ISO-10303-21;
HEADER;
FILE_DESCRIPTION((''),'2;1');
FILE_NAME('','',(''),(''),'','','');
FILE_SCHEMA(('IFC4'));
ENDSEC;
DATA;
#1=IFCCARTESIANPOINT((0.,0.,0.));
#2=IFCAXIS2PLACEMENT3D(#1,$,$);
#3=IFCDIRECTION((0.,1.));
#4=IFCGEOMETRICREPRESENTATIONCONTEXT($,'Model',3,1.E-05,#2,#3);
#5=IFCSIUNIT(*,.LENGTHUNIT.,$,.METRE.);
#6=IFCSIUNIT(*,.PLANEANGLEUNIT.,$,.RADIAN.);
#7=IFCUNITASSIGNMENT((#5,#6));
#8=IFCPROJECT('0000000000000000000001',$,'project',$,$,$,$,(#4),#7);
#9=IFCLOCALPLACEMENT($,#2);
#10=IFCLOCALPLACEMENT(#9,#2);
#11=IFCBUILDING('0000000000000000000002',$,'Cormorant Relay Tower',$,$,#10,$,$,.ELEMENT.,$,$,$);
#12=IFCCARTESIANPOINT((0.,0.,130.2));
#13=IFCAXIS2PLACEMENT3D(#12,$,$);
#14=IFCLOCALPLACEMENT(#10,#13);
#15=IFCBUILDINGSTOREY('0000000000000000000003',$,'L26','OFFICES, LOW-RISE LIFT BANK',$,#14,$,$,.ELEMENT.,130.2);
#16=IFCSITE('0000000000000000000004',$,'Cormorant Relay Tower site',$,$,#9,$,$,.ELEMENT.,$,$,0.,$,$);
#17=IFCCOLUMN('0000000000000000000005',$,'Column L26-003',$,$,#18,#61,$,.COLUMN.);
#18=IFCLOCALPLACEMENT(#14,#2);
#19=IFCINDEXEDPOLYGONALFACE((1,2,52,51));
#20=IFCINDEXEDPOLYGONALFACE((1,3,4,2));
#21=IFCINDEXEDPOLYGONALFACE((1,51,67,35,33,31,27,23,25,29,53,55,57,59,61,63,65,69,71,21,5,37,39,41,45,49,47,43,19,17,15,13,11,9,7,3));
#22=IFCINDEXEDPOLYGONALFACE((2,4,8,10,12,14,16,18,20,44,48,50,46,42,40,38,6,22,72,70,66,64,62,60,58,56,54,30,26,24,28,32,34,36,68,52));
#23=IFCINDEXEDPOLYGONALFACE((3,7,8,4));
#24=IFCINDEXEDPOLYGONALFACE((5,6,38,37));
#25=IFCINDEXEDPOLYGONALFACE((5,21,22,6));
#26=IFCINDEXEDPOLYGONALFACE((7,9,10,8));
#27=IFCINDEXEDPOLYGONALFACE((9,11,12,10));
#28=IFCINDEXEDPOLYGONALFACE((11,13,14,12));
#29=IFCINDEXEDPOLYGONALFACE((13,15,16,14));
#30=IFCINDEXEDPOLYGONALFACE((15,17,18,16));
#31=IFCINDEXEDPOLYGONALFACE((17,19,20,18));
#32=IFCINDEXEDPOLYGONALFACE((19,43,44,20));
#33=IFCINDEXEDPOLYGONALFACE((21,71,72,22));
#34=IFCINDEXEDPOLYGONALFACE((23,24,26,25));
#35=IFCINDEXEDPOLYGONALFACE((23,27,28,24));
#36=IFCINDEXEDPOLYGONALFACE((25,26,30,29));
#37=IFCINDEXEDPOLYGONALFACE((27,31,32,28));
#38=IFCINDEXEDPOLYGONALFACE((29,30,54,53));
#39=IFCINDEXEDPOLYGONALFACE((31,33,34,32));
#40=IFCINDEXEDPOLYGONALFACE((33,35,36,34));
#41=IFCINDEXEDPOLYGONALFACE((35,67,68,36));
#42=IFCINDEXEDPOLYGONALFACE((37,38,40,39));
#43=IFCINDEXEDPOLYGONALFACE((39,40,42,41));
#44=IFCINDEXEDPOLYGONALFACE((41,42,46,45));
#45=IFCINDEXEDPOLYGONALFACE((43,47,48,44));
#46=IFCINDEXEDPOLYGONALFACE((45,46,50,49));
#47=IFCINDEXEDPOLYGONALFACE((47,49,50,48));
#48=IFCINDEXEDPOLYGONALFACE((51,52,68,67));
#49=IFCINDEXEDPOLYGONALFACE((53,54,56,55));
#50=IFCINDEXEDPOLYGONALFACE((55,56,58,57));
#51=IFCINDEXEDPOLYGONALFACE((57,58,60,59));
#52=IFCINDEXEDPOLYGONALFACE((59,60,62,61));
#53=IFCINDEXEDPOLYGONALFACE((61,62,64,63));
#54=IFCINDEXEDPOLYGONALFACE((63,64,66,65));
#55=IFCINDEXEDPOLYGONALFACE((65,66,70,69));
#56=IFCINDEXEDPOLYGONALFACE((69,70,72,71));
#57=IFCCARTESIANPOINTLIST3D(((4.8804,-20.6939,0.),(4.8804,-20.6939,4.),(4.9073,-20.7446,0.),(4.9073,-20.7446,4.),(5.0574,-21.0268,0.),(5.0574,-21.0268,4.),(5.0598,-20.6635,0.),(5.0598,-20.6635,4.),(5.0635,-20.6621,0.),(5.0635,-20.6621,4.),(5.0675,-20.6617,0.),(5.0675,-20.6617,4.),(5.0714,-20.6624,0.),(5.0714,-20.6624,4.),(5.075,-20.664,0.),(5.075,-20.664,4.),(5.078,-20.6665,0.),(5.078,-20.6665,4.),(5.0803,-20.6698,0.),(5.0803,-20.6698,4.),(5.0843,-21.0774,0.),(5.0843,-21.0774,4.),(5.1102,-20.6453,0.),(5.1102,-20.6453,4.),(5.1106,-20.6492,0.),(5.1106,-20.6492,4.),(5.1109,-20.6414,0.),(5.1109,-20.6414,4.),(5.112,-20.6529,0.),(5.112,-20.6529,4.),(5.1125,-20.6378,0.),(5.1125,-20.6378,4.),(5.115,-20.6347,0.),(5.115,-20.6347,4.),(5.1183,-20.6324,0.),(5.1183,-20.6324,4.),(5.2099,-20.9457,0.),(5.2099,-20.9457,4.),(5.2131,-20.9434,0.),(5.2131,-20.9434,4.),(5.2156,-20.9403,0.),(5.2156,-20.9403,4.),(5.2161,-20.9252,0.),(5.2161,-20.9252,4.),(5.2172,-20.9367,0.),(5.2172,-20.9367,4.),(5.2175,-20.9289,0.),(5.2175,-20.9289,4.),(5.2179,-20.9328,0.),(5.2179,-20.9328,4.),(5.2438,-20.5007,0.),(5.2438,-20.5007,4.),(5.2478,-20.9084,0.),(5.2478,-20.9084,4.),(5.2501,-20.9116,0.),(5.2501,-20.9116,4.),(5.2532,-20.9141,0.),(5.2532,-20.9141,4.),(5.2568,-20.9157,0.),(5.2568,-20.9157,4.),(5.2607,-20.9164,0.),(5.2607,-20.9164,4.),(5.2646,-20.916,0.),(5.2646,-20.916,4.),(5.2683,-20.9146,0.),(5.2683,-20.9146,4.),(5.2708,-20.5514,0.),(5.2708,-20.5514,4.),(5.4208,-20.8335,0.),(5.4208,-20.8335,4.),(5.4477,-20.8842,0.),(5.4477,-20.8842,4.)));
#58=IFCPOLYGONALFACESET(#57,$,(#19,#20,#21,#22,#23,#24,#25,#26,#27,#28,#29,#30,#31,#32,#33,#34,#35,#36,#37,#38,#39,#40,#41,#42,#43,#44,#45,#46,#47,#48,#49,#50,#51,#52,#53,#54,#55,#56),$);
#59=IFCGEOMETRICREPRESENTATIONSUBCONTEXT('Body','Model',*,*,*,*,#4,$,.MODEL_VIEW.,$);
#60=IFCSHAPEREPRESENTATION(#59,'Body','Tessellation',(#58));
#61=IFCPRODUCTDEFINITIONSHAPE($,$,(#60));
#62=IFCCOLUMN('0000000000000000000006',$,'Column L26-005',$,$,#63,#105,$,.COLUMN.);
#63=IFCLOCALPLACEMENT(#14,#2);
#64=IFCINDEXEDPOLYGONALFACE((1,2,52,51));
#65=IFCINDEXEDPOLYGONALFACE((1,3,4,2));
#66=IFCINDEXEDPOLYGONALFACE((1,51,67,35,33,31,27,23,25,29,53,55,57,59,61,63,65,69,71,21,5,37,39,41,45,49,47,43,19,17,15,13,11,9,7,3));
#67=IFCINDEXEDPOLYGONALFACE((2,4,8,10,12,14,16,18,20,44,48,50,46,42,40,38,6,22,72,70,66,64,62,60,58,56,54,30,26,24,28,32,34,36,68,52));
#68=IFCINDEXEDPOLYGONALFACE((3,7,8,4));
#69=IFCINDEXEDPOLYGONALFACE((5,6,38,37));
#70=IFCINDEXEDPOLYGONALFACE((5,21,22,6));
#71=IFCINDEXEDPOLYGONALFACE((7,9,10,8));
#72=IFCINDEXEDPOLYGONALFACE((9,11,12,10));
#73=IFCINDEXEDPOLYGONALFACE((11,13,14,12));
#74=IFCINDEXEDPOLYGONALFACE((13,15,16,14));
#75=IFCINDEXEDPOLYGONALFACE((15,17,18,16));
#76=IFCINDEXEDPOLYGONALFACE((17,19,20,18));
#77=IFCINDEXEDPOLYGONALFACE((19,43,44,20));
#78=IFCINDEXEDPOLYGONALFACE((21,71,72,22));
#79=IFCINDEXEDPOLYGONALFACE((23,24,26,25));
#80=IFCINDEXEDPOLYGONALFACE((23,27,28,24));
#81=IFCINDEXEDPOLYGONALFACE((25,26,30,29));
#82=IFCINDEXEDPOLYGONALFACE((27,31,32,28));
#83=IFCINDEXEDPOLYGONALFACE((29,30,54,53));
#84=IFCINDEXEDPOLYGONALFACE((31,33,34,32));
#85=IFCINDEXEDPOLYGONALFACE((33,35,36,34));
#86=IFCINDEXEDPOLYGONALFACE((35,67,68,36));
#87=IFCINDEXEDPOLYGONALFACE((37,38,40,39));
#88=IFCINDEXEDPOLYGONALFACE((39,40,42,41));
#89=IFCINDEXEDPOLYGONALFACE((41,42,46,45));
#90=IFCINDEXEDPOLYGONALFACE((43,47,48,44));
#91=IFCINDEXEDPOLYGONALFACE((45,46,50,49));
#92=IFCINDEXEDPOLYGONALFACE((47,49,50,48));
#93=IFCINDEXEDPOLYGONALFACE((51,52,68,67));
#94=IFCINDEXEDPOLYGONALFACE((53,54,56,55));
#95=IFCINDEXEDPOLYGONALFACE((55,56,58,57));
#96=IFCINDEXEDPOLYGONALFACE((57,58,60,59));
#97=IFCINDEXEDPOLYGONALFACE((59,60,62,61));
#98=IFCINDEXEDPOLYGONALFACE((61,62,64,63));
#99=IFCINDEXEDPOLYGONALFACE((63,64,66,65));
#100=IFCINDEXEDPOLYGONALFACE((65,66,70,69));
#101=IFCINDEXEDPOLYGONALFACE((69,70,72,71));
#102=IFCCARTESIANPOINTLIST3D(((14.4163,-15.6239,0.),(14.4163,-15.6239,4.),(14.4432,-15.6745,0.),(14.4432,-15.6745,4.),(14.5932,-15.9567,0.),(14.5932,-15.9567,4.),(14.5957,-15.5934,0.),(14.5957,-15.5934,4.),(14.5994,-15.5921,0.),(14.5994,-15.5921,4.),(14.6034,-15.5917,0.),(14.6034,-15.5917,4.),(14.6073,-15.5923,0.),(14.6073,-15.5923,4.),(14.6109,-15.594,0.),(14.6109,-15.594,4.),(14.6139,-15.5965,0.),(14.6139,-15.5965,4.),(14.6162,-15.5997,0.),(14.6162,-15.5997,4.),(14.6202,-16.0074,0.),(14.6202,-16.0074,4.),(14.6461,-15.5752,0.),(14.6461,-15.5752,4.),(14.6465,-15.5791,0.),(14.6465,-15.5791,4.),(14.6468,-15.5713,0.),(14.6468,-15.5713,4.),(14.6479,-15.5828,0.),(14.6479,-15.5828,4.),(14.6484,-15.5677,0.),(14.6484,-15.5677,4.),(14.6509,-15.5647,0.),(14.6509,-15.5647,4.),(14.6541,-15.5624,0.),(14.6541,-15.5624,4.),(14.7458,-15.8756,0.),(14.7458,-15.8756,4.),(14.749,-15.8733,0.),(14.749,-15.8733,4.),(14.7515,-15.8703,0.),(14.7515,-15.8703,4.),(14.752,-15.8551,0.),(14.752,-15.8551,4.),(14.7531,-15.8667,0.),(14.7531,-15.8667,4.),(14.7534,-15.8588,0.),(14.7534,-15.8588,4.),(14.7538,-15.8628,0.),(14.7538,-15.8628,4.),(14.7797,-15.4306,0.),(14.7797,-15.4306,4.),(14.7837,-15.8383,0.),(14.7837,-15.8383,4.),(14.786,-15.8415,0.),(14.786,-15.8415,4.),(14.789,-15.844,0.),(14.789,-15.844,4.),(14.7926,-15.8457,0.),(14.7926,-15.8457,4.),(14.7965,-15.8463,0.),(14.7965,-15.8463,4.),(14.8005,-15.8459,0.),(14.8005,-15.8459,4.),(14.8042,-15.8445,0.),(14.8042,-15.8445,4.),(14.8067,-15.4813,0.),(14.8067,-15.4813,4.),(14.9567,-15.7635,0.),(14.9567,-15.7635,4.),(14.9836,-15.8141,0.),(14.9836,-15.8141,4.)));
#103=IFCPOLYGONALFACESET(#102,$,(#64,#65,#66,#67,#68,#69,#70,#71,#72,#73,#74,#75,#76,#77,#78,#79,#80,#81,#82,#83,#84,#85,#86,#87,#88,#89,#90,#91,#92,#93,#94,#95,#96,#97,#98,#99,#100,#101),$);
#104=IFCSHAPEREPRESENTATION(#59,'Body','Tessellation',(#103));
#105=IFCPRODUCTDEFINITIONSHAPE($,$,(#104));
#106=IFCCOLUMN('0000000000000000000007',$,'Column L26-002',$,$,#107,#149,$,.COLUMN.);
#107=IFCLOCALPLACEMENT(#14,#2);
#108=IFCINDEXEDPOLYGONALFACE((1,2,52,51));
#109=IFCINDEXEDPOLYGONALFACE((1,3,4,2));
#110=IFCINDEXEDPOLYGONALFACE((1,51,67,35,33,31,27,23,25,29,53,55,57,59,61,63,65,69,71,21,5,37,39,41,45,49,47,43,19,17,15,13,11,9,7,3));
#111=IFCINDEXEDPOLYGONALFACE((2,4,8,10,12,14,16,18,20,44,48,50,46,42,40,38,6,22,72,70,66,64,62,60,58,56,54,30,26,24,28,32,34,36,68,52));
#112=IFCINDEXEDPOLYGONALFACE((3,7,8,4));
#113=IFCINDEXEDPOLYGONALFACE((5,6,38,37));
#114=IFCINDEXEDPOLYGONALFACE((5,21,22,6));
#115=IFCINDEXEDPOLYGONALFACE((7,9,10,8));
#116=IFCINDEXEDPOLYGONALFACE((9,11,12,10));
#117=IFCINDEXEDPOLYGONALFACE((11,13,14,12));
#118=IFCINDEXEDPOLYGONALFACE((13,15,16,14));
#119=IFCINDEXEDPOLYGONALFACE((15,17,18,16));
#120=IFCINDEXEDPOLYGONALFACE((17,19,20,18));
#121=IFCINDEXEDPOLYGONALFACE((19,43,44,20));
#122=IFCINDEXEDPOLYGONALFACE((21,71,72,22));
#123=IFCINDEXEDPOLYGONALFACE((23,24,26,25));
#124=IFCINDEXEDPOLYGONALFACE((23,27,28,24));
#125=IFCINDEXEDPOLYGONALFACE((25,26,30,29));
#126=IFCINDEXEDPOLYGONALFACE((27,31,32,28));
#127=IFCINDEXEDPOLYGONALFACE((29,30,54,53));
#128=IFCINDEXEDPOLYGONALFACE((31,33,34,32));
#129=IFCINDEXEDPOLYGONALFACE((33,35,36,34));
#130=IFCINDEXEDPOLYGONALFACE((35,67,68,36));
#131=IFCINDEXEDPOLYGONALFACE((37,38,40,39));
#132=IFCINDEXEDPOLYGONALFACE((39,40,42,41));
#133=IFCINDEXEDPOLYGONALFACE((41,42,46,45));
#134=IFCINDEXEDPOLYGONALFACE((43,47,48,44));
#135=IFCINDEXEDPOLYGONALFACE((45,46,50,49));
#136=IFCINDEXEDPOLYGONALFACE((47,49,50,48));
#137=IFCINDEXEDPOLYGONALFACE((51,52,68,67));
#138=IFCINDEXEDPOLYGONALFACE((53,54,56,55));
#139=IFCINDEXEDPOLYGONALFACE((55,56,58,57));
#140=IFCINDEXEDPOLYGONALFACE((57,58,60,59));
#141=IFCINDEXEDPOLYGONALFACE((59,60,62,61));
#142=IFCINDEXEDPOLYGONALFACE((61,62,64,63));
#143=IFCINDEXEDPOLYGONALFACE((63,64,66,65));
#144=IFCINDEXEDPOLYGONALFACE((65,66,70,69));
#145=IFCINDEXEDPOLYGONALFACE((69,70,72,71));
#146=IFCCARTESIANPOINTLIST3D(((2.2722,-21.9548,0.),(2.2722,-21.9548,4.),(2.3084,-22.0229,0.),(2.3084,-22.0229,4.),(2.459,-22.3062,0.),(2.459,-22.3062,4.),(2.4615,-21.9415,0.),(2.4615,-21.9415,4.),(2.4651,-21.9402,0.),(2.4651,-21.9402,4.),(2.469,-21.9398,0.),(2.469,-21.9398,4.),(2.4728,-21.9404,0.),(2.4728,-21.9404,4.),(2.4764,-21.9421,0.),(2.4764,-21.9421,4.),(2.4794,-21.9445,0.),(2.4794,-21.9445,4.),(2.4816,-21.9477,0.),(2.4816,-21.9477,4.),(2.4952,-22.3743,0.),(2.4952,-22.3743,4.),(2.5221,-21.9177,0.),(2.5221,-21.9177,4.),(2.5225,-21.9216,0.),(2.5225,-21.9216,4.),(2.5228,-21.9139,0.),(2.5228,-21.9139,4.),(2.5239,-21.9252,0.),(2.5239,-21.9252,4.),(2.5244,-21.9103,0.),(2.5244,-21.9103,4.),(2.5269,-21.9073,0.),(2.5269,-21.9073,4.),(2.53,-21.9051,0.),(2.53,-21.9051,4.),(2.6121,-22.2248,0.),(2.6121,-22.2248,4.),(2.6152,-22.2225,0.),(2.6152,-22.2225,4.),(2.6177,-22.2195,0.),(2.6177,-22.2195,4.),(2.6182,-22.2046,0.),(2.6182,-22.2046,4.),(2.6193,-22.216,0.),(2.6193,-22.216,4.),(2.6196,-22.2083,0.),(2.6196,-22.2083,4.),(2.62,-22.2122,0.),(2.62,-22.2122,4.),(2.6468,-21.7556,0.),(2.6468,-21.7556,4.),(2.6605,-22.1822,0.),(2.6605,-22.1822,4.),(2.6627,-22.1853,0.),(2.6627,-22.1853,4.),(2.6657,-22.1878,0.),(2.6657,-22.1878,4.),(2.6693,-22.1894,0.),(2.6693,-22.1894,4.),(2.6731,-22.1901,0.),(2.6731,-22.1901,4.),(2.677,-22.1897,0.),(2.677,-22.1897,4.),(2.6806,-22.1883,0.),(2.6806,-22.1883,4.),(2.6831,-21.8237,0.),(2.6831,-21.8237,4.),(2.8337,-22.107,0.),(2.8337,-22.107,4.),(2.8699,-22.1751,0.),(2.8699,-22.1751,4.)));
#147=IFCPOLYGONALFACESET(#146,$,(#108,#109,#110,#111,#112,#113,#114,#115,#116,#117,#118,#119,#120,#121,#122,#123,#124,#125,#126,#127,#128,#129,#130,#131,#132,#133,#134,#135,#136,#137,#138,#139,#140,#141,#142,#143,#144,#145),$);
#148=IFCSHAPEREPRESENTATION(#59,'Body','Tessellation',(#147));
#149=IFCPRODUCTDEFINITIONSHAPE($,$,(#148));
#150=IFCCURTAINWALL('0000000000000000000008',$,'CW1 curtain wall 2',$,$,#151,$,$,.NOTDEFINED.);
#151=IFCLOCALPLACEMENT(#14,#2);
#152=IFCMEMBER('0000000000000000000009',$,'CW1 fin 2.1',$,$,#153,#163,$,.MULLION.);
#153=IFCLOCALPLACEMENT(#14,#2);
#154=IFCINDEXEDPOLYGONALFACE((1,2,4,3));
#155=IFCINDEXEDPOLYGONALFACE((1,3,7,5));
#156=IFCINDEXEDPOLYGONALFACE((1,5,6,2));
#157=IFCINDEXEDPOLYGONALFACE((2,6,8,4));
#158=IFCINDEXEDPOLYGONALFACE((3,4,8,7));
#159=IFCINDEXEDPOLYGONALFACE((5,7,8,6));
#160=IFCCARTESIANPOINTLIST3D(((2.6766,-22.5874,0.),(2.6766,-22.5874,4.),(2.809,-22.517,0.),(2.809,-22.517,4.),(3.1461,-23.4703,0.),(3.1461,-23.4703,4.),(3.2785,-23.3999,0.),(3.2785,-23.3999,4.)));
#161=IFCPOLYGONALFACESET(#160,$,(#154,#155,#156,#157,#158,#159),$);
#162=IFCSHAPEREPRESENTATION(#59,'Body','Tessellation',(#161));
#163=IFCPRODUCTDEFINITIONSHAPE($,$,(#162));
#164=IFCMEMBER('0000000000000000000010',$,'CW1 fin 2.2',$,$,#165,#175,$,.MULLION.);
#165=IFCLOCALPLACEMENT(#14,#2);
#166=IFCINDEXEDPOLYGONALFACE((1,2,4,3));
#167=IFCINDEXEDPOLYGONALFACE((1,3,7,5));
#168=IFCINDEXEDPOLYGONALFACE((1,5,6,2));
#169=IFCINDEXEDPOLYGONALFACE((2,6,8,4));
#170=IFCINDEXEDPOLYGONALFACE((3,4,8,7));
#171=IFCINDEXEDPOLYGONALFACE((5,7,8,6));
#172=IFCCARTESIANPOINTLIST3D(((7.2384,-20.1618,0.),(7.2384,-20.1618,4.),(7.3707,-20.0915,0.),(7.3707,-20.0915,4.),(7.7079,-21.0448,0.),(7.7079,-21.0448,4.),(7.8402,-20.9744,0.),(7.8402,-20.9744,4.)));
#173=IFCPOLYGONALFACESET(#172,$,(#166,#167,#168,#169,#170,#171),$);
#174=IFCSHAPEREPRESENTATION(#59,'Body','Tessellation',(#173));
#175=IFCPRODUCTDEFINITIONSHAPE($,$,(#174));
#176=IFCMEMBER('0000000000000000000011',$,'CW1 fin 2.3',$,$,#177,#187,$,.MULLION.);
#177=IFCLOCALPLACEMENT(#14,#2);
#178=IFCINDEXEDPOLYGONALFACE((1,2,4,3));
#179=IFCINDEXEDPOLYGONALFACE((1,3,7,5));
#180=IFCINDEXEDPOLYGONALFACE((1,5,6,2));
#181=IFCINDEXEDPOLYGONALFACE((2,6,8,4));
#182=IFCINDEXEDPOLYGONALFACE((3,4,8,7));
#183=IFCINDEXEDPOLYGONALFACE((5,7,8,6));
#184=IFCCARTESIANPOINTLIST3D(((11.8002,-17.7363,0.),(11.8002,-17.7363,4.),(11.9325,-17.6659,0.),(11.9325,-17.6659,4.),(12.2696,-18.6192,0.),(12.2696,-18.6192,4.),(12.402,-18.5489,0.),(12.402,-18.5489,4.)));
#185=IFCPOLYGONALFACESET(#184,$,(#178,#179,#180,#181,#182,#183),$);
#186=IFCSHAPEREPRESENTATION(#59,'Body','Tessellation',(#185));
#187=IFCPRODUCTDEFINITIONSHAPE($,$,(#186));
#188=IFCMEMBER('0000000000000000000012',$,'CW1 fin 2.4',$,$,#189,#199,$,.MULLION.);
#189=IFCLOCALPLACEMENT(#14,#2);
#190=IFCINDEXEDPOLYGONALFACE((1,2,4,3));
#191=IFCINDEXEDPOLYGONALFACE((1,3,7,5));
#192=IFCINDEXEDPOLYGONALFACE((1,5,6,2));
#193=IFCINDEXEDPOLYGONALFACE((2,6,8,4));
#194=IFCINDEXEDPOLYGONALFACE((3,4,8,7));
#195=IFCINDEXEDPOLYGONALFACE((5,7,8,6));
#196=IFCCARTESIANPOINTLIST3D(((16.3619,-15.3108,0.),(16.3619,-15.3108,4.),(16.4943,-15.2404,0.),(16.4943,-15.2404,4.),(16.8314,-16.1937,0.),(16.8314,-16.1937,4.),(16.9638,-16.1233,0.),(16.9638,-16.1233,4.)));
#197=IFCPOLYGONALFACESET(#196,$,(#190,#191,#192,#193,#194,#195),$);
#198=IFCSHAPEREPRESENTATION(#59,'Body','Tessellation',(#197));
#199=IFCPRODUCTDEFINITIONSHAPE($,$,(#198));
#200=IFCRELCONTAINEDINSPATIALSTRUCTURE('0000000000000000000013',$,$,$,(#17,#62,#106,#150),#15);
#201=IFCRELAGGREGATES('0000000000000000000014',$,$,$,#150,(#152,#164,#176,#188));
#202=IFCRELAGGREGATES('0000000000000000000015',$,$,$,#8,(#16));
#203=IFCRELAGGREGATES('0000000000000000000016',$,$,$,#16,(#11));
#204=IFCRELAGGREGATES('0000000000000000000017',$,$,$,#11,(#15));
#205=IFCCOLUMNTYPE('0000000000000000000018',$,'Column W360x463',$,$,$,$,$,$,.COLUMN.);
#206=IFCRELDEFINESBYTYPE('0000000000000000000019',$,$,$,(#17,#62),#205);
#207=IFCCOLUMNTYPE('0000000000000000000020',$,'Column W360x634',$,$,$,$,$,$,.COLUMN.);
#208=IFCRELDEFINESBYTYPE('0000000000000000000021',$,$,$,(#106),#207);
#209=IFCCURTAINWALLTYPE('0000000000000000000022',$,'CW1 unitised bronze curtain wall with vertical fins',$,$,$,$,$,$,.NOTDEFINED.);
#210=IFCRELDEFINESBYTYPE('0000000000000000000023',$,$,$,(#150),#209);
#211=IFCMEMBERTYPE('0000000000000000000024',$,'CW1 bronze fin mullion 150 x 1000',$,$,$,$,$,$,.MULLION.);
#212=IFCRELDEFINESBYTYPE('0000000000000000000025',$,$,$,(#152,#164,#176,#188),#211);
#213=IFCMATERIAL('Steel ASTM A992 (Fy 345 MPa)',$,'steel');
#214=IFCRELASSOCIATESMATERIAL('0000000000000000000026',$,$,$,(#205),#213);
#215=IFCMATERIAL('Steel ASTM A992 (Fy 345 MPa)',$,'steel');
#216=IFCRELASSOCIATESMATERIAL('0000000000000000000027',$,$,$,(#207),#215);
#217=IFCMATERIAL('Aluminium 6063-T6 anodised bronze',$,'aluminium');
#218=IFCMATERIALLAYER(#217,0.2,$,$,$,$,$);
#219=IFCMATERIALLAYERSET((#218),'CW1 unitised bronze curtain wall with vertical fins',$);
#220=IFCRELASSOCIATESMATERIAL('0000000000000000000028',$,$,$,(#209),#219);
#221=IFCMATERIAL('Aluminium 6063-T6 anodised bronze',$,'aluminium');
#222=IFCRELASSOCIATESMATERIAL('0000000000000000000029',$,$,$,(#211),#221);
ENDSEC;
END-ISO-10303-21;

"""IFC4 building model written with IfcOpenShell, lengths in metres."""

from ifc_helpers import new_model, si_unit, direction, frame, origin, origin_2d, place, context, subcontext, project, spatial, rectangle, i_section, extrude, material, layer, layer_set, material_profile, profile_set, type_object, element, aggregate, save


model = new_model("IFC4")

# Units and contexts
model_context = context("Model", 3, precision=1e-05, world=origin(), true_north=direction((0.0, 1.0)))
body_context = subcontext(model_context, "Body", "Model", "MODEL_VIEW")
ifc_project = project(units=[si_unit("LENGTHUNIT", "METRE"), si_unit("PLANEANGLEUNIT", "RADIAN")], contexts=[model_context])

# Site, building, storey
site_placement = place(None, origin())
site = spatial("IfcSite", under=ifc_project, at=site_placement, Name="Cormorant Relay Tower site", CompositionType="ELEMENT", RefElevation=0.0)
building_placement = place(site_placement, origin())
building = spatial("IfcBuilding", under=site, at=building_placement, Name="Cormorant Relay Tower", CompositionType="ELEMENT")
storey_placement = place(building_placement, frame((0.0, 0.0, 130.2)))
storey = spatial("IfcBuildingStorey", under=building, at=storey_placement, Name="L26", Description="OFFICES, LOW-RISE LIFT BANK", CompositionType="ELEMENT", Elevation=130.2)

# Columns
ifc_material_1 = material(Name="Steel ASTM A992 (Fy 345 MPa)", Category="steel")
ifc_material_profile_1 = material_profile(ifc_material_1, i_section(OverallWidth=0.4116, OverallDepth=0.4343, WebThickness=0.0359, FlangeThickness=0.0574, FilletRadius=0.0151, at=origin_2d()), Name="W360x463")
ifc_profile_set_1 = profile_set([ifc_material_profile_1], Name="Steel ASTM A992 (Fy 345 MPa)")
column_type_1 = type_object("IfcColumnType", Name="Column W360x463", PredefinedType="COLUMN", material=ifc_profile_set_1)
for number, where, z_axis, x_axis, name in (
    (1, (5.1641, -20.7891, 0.0), (0.0, 0.0, 1.0), (0.882948, 0.469472, 0.0), "Column L26-003"),
    (2, (14.7, -15.719, 0.0), (0.0, 0.0, 1.0), (0.882948, 0.469472, 0.0), "Column L26-005"),
):
    element("IfcColumn", number, at=place(storey_placement, frame(where, z_axis=z_axis, x_axis=x_axis)), inside=storey, type_object=column_type_1, Name=name, PredefinedType="COLUMN", context=body_context, shape_type="SweptSolid", body=[
        extrude(i_section(OverallWidth=0.4116, OverallDepth=0.4343, WebThickness=0.0359, FlangeThickness=0.0574, FilletRadius=0.0151, at=origin_2d()), origin(), (0.0, 0.0, 1.0), 4.0),
    ])
ifc_material_2 = material(Name="Steel ASTM A992 (Fy 345 MPa)", Category="steel")
ifc_material_profile_2 = material_profile(ifc_material_2, i_section(OverallWidth=0.4243, OverallDepth=0.4751, WebThickness=0.0479, FlangeThickness=0.0771, FilletRadius=0.0149, at=origin_2d()), Name="W360x634")
ifc_profile_set_2 = profile_set([ifc_material_profile_2], Name="Steel ASTM A992 (Fy 345 MPa)")
column_type_2 = type_object("IfcColumnType", Name="Column W360x634", PredefinedType="COLUMN", material=ifc_profile_set_2)
column_placement = place(storey_placement, frame((2.571, -22.0649, 0.0), z_axis=(0.0, 0.0, 1.0), x_axis=(0.882948, 0.469472, 0.0)))
element("IfcColumn", 3, at=column_placement, inside=storey, type_object=column_type_2, Name="Column L26-002", PredefinedType="COLUMN", context=body_context, shape_type="SweptSolid", body=[
    extrude(i_section(OverallWidth=0.4243, OverallDepth=0.4751, WebThickness=0.0479, FlangeThickness=0.0771, FilletRadius=0.0149, at=origin_2d()), origin(), (0.0, 0.0, 1.0), 4.0),
])

# Curtain wall, members
ifc_material_3 = material(Name="Aluminium 6063-T6 anodised bronze", Category="aluminium")
ifc_layer_1 = layer(ifc_material_3, 0.2)
ifc_layer_set_1 = layer_set([ifc_layer_1], Name="CW1 unitised bronze curtain wall with vertical fins")
curtain_wall_type = type_object("IfcCurtainWallType", Name="CW1 unitised bronze curtain wall with vertical fins", PredefinedType="NOTDEFINED", material=ifc_layer_set_1)
curtain_wall_1_placement = place(storey_placement, origin())
curtain_wall_1 = element("IfcCurtainWall", 4, at=curtain_wall_1_placement, inside=storey, type_object=curtain_wall_type, Name="CW1 curtain wall 2", PredefinedType="NOTDEFINED")
ifc_material_4 = material(Name="Aluminium 6063-T6 anodised bronze", Category="aluminium")
ifc_material_profile_3 = material_profile(ifc_material_4, rectangle(XDim=0.1499, YDim=1.0, at=origin_2d()), Name="AL 150x1000")
ifc_profile_set_3 = profile_set([ifc_material_profile_3], Name="Aluminium 6063-T6 anodised bronze")
member_type_1 = type_object("IfcMemberType", Name="CW1 bronze fin mullion 150 x 1000", PredefinedType="MULLION", material=ifc_profile_set_3)
member_1_placement = place(storey_placement, frame((2.9775, -22.9937, 0.0), z_axis=(0.0, 0.0, 1.0), x_axis=(0.882948, 0.469472, 0.0)))
member_1 = element("IfcMember", 5, at=member_1_placement, type_object=member_type_1, Name="CW1 fin 2.1", PredefinedType="MULLION", context=body_context, shape_type="SweptSolid", body=[
    extrude(rectangle(XDim=0.1499, YDim=1.0, at=origin_2d()), origin(), (0.0, 0.0, 1.0), 4.0),
])
member_2_placement = place(storey_placement, frame((7.5393, -20.5681, 0.0), z_axis=(0.0, 0.0, 1.0), x_axis=(0.882948, 0.469472, 0.0)))
member_2 = element("IfcMember", 6, at=member_2_placement, type_object=member_type_1, Name="CW1 fin 2.2", PredefinedType="MULLION", context=body_context, shape_type="SweptSolid", body=[
    extrude(rectangle(XDim=0.1499, YDim=1.0, at=origin_2d()), origin(), (0.0, 0.0, 1.0), 4.0),
])
member_3_placement = place(storey_placement, frame((12.1011, -18.1426, 0.0), z_axis=(0.0, 0.0, 1.0), x_axis=(0.882948, 0.469472, 0.0)))
member_3 = element("IfcMember", 7, at=member_3_placement, type_object=member_type_1, Name="CW1 fin 2.3", PredefinedType="MULLION", context=body_context, shape_type="SweptSolid", body=[
    extrude(rectangle(XDim=0.1499, YDim=1.0, at=origin_2d()), origin(), (0.0, 0.0, 1.0), 4.0),
])
member_4_placement = place(storey_placement, frame((16.6628, -15.717, 0.0), z_axis=(0.0, 0.0, 1.0), x_axis=(0.882948, 0.469472, 0.0)))
member_4 = element("IfcMember", 8, at=member_4_placement, type_object=member_type_1, Name="CW1 fin 2.4", PredefinedType="MULLION", context=body_context, shape_type="SweptSolid", body=[
    extrude(rectangle(XDim=0.1499, YDim=1.0, at=origin_2d()), origin(), (0.0, 0.0, 1.0), 4.0),
])

aggregate(curtain_wall_1, [member_1, member_2, member_3, member_4])

save(model, "model.ifc")
